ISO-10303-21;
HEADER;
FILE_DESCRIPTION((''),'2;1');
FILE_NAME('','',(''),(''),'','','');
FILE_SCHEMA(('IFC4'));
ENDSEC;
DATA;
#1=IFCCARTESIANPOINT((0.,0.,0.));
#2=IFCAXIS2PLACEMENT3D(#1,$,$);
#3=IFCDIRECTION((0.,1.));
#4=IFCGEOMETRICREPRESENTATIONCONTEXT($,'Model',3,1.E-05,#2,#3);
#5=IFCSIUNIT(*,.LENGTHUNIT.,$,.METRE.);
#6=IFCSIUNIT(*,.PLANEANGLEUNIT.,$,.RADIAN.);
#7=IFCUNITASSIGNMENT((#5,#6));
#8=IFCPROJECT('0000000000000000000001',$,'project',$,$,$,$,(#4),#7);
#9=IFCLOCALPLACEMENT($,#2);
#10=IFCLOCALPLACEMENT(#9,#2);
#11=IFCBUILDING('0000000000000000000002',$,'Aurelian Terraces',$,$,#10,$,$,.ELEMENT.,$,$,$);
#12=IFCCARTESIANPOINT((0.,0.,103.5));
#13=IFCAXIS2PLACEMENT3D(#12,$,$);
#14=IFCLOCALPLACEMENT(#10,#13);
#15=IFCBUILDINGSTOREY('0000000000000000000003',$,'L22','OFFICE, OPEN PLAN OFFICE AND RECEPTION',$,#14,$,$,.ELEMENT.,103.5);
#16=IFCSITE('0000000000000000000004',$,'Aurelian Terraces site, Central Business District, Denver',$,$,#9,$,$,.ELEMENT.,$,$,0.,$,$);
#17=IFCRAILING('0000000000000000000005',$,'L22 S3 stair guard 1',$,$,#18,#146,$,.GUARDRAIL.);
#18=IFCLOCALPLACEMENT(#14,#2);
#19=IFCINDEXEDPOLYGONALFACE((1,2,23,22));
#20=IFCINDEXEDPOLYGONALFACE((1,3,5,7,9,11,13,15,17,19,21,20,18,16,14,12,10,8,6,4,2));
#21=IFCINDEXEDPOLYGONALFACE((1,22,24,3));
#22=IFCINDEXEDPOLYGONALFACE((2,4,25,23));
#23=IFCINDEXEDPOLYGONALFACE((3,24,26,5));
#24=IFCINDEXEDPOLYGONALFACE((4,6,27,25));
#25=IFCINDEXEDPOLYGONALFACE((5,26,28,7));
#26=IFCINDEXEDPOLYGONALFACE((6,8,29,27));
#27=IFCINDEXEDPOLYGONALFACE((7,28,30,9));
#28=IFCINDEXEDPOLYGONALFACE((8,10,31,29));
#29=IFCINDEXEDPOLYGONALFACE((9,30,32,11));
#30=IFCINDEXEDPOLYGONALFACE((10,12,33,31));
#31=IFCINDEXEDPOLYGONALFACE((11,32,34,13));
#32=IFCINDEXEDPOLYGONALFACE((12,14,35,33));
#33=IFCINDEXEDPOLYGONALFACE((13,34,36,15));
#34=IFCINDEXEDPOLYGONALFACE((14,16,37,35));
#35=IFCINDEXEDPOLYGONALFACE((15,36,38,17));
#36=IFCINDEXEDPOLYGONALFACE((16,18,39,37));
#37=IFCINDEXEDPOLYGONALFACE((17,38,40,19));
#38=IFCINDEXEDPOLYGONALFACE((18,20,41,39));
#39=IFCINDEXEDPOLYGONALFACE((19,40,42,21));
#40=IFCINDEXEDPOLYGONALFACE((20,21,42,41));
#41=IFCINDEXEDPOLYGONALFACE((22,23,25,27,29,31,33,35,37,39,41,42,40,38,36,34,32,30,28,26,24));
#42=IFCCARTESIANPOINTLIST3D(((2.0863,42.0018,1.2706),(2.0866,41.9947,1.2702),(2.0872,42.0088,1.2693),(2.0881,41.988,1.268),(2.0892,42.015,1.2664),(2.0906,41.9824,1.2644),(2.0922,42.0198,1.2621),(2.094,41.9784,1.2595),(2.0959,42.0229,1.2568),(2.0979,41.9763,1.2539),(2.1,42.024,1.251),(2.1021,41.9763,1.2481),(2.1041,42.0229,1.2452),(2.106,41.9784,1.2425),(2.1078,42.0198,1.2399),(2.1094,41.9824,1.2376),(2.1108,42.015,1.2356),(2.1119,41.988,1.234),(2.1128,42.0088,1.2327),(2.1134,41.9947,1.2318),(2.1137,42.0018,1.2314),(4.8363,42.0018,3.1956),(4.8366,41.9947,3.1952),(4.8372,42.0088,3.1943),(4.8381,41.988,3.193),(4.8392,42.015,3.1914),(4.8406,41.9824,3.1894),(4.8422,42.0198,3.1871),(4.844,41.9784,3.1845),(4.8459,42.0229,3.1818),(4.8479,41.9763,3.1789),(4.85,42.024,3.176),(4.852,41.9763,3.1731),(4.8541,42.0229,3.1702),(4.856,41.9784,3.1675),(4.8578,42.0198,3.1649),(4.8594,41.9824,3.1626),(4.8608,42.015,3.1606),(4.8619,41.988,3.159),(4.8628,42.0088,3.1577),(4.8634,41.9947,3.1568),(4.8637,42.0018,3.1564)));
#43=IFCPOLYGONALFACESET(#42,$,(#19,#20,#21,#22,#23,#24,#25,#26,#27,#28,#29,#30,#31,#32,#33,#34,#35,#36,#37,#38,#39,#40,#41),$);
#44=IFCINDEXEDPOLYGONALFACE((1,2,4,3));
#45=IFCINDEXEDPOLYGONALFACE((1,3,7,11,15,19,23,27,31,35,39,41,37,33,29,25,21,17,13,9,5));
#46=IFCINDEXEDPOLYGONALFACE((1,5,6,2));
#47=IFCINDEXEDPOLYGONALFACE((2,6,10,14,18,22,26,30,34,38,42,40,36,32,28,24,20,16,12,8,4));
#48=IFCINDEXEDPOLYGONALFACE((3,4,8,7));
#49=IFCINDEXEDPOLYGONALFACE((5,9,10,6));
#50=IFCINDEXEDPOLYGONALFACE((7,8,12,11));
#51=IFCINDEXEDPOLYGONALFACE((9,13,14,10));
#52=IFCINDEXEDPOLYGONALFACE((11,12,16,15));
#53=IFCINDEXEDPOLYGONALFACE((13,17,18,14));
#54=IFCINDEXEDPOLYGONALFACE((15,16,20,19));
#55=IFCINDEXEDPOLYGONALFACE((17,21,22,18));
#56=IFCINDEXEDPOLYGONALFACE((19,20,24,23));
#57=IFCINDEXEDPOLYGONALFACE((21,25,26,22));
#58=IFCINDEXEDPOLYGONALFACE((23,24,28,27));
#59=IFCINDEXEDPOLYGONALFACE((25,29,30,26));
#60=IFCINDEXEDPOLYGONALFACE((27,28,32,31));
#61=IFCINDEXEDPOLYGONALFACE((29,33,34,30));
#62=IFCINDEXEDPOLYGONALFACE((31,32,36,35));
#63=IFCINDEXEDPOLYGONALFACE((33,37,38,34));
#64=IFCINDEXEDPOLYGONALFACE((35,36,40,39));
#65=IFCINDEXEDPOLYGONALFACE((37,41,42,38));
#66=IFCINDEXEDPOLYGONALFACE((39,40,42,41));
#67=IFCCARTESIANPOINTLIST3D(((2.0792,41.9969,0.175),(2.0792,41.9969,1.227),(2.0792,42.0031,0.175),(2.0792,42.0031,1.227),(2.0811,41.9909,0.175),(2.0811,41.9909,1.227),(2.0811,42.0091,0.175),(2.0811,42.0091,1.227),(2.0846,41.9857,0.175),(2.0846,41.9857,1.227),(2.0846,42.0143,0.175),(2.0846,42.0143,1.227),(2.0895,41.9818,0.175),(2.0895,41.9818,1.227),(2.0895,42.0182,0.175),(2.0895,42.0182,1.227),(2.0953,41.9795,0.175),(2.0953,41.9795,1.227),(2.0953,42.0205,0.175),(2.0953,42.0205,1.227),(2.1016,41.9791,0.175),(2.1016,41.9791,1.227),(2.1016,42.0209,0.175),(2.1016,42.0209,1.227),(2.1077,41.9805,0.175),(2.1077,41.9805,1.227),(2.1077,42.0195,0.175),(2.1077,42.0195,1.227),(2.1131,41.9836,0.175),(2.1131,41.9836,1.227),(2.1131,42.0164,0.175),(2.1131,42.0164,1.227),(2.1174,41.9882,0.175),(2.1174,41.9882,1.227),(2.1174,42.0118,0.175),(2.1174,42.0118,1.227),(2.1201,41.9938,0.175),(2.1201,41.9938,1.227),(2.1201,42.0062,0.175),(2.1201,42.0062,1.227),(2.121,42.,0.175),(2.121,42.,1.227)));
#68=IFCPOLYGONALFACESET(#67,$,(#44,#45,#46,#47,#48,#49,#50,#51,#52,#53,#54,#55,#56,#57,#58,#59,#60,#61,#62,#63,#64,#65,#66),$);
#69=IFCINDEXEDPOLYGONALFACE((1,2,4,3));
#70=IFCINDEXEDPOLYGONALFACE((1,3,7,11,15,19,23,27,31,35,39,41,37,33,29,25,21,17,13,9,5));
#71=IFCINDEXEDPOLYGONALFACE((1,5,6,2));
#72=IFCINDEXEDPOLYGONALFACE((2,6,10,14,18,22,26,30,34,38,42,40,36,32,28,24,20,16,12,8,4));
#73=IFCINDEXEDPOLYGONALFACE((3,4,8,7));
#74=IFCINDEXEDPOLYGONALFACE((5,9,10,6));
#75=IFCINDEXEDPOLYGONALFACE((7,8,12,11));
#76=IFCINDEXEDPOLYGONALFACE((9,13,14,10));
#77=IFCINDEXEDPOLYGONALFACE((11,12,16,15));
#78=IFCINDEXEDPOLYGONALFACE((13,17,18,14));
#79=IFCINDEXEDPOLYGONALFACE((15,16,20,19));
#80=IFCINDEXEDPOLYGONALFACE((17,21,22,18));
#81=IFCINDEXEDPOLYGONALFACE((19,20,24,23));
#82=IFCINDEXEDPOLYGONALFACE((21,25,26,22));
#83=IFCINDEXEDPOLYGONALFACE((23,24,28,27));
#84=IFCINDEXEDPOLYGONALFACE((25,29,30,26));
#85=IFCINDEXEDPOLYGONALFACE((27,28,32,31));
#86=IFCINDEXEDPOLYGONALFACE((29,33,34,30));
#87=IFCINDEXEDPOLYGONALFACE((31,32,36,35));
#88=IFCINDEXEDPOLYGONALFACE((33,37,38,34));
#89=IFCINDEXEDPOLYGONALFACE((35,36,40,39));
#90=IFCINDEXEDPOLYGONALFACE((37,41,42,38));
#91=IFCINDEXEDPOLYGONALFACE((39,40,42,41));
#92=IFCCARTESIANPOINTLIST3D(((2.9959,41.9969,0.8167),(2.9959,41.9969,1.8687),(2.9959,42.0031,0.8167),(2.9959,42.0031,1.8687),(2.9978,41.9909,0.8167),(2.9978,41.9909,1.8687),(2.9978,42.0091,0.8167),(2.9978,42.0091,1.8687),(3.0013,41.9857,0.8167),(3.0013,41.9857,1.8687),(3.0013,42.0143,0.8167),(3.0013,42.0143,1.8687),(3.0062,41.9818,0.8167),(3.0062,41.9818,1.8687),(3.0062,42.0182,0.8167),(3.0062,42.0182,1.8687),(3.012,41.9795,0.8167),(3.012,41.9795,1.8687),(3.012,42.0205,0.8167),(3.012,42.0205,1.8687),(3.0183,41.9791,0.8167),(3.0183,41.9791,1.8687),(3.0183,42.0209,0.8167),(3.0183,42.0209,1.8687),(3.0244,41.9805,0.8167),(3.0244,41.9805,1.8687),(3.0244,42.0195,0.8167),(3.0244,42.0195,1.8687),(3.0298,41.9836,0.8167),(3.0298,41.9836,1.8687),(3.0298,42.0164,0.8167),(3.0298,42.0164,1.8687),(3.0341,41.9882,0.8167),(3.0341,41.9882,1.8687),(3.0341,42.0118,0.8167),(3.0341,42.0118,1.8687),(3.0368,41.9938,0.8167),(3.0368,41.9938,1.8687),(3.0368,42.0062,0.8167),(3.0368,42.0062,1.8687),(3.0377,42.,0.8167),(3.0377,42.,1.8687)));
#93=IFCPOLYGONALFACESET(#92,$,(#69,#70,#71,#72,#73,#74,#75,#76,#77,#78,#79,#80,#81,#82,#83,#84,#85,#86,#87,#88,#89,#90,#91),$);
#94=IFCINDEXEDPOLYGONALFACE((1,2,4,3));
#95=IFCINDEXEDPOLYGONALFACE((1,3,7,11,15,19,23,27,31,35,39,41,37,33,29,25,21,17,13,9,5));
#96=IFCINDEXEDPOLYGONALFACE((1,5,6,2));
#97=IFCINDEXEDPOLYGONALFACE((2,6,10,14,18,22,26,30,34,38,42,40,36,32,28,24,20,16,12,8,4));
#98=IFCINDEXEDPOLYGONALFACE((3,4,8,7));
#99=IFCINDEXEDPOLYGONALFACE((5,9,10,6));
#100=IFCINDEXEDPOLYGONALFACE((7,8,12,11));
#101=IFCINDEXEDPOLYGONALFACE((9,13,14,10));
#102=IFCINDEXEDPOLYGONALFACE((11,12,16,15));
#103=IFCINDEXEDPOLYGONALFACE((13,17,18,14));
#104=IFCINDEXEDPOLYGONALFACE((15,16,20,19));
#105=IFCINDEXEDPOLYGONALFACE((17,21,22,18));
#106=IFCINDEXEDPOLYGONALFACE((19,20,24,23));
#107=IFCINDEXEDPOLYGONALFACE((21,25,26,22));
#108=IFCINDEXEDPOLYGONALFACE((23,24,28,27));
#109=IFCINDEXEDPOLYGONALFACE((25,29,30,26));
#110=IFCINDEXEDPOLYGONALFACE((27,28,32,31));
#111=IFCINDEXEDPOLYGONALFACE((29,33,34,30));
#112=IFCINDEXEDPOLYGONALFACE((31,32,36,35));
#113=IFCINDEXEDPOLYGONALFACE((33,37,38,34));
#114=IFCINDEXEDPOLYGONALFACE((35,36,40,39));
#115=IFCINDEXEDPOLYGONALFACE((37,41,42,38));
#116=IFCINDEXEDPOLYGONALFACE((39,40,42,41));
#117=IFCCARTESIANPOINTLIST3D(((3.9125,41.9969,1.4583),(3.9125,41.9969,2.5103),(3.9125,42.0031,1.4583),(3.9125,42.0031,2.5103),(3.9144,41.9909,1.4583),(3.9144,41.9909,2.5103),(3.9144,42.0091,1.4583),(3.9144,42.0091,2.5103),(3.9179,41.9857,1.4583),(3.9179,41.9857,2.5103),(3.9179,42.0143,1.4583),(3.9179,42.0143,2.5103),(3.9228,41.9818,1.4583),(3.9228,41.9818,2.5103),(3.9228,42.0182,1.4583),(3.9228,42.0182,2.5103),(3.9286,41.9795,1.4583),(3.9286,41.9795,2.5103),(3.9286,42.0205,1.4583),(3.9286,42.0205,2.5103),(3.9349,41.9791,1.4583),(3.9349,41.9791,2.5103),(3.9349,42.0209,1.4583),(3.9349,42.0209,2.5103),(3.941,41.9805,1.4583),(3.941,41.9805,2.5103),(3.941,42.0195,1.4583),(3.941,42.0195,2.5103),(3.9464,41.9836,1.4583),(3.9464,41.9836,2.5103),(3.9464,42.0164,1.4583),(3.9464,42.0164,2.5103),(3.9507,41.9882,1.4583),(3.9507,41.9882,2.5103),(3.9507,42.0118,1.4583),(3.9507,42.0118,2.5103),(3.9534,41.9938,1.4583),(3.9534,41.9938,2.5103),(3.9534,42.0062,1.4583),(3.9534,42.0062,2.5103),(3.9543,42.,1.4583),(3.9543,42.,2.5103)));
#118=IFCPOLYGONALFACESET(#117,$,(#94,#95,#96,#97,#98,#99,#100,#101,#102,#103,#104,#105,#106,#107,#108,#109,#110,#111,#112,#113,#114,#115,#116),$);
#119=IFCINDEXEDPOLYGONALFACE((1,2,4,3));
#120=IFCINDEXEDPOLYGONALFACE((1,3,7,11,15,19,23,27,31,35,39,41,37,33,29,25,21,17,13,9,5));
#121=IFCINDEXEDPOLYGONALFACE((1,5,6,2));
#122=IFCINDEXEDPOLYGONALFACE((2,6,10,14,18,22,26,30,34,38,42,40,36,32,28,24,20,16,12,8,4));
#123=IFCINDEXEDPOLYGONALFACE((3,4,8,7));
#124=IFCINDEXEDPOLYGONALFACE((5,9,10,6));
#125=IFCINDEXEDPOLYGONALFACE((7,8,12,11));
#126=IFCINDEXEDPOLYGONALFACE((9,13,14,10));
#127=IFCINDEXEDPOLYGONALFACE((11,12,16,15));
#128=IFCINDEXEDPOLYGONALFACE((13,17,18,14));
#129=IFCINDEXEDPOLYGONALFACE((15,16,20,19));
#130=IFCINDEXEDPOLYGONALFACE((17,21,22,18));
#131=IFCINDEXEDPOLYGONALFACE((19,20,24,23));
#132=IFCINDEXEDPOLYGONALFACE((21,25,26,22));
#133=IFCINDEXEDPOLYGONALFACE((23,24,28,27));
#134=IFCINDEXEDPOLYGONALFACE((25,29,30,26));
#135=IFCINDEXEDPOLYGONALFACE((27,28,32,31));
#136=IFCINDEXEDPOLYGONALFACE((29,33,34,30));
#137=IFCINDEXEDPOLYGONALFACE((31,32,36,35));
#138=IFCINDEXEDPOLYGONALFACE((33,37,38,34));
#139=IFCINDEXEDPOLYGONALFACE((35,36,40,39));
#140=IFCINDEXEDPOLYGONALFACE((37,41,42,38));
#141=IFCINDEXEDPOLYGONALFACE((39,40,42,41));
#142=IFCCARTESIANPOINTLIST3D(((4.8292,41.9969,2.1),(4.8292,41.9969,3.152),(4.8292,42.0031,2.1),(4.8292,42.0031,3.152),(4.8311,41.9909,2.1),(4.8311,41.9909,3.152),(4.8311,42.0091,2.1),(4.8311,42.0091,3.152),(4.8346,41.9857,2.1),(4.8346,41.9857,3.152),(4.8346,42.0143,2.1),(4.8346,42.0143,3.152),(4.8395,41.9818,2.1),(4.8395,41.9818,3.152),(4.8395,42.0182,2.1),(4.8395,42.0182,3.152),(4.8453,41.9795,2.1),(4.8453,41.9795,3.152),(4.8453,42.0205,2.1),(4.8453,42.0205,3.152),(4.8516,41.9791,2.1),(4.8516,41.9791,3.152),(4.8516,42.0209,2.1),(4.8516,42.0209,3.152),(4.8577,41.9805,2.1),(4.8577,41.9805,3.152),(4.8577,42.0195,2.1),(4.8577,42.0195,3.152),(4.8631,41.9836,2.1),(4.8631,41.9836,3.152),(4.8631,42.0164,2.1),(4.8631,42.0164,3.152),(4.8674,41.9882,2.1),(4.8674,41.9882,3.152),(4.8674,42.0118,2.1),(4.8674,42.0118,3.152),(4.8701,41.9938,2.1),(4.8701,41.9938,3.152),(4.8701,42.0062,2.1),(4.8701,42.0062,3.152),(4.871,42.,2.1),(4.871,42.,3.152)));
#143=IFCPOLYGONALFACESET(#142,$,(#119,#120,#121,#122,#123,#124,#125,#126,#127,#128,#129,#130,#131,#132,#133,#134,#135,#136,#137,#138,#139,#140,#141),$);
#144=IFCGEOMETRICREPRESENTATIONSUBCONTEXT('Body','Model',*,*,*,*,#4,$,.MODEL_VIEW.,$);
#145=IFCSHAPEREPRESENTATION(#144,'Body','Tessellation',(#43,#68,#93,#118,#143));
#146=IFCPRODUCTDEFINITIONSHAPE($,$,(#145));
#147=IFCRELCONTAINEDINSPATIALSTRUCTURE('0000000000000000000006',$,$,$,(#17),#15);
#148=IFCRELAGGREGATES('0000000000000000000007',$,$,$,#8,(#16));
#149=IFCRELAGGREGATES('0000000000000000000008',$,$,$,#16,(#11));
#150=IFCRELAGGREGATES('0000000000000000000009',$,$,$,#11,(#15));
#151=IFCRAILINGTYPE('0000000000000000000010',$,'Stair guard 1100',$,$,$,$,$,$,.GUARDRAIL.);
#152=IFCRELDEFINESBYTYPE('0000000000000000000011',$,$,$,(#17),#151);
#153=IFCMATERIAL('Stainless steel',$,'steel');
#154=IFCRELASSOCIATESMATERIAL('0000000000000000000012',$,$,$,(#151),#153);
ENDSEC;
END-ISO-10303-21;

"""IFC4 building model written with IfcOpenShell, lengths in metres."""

from ifc_helpers import new_model, si_unit, direction, frame, origin, origin_2d, place, context, subcontext, project, spatial, circle, extrude, source, transform, mapped, material, type_object, element, save


model = new_model("IFC4")

# Units and contexts
model_context = context("Model", 3, precision=1e-05, world=origin(), true_north=direction((0.0, 1.0)))
body_context = subcontext(model_context, "Body", "Model", "MODEL_VIEW")
ifc_project = project(units=[si_unit("LENGTHUNIT", "METRE"), si_unit("PLANEANGLEUNIT", "RADIAN")], contexts=[model_context])

# Site, building, storey
site_placement = place(None, origin())
site = spatial("IfcSite", under=ifc_project, at=site_placement, Name="Aurelian Terraces site, Central Business District, Denver", CompositionType="ELEMENT", RefElevation=0.0)
building_placement = place(site_placement, origin())
building = spatial("IfcBuilding", under=site, at=building_placement, Name="Aurelian Terraces", CompositionType="ELEMENT")
storey_placement = place(building_placement, frame((0.0, 0.0, 103.5)))
storey = spatial("IfcBuildingStorey", under=building, at=storey_placement, Name="L22", Description="OFFICE, OPEN PLAN OFFICE AND RECEPTION", CompositionType="ELEMENT", Elevation=103.5)

# Railing
ifc_material_1 = material(Name="Stainless steel", Category="steel")
railing_type_1 = type_object("IfcRailingType", Name="Stair guard 1100", PredefinedType="GUARDRAIL", material=ifc_material_1)
shared_shape_1 = source(origin(), body_context, "Body", "SweptSolid", [
    extrude(circle(Radius=0.024, at=origin_2d()), frame((0.0, 0.0, 1.076), z_axis=(0.819232, 0.0, 0.573462), x_axis=(0.0, 1.0, 0.0)), (0.0, 0.0, 1.0), 3.3568),
    extrude(circle(Radius=0.021, at=origin_2d()), origin(), (0.0, 0.0, 1.0), 1.052),
    extrude(circle(Radius=0.021, at=origin_2d()), frame((0.9167, 0.0, 0.6417)), (0.0, 0.0, 1.0), 1.052),
    extrude(circle(Radius=0.021, at=origin_2d()), frame((1.8333, 0.0, 1.2833)), (0.0, 0.0, 1.0), 1.052),
    extrude(circle(Radius=0.021, at=origin_2d()), frame((2.75, 0.0, 1.925)), (0.0, 0.0, 1.0), 1.052),
])
railing_1_placement = place(storey_placement, frame((2.1, 42.0, 0.175)))
element("IfcRailing", 1, at=railing_1_placement, inside=storey, type_object=railing_type_1, Name="L22 S3 stair guard 1", PredefinedType="GUARDRAIL", context=body_context, shape_type="MappedRepresentation", body=[
    mapped(shared_shape_1, transform((0.0, 0.0, 0.0), scale=1.0)),
])

save(model, "model.ifc")
